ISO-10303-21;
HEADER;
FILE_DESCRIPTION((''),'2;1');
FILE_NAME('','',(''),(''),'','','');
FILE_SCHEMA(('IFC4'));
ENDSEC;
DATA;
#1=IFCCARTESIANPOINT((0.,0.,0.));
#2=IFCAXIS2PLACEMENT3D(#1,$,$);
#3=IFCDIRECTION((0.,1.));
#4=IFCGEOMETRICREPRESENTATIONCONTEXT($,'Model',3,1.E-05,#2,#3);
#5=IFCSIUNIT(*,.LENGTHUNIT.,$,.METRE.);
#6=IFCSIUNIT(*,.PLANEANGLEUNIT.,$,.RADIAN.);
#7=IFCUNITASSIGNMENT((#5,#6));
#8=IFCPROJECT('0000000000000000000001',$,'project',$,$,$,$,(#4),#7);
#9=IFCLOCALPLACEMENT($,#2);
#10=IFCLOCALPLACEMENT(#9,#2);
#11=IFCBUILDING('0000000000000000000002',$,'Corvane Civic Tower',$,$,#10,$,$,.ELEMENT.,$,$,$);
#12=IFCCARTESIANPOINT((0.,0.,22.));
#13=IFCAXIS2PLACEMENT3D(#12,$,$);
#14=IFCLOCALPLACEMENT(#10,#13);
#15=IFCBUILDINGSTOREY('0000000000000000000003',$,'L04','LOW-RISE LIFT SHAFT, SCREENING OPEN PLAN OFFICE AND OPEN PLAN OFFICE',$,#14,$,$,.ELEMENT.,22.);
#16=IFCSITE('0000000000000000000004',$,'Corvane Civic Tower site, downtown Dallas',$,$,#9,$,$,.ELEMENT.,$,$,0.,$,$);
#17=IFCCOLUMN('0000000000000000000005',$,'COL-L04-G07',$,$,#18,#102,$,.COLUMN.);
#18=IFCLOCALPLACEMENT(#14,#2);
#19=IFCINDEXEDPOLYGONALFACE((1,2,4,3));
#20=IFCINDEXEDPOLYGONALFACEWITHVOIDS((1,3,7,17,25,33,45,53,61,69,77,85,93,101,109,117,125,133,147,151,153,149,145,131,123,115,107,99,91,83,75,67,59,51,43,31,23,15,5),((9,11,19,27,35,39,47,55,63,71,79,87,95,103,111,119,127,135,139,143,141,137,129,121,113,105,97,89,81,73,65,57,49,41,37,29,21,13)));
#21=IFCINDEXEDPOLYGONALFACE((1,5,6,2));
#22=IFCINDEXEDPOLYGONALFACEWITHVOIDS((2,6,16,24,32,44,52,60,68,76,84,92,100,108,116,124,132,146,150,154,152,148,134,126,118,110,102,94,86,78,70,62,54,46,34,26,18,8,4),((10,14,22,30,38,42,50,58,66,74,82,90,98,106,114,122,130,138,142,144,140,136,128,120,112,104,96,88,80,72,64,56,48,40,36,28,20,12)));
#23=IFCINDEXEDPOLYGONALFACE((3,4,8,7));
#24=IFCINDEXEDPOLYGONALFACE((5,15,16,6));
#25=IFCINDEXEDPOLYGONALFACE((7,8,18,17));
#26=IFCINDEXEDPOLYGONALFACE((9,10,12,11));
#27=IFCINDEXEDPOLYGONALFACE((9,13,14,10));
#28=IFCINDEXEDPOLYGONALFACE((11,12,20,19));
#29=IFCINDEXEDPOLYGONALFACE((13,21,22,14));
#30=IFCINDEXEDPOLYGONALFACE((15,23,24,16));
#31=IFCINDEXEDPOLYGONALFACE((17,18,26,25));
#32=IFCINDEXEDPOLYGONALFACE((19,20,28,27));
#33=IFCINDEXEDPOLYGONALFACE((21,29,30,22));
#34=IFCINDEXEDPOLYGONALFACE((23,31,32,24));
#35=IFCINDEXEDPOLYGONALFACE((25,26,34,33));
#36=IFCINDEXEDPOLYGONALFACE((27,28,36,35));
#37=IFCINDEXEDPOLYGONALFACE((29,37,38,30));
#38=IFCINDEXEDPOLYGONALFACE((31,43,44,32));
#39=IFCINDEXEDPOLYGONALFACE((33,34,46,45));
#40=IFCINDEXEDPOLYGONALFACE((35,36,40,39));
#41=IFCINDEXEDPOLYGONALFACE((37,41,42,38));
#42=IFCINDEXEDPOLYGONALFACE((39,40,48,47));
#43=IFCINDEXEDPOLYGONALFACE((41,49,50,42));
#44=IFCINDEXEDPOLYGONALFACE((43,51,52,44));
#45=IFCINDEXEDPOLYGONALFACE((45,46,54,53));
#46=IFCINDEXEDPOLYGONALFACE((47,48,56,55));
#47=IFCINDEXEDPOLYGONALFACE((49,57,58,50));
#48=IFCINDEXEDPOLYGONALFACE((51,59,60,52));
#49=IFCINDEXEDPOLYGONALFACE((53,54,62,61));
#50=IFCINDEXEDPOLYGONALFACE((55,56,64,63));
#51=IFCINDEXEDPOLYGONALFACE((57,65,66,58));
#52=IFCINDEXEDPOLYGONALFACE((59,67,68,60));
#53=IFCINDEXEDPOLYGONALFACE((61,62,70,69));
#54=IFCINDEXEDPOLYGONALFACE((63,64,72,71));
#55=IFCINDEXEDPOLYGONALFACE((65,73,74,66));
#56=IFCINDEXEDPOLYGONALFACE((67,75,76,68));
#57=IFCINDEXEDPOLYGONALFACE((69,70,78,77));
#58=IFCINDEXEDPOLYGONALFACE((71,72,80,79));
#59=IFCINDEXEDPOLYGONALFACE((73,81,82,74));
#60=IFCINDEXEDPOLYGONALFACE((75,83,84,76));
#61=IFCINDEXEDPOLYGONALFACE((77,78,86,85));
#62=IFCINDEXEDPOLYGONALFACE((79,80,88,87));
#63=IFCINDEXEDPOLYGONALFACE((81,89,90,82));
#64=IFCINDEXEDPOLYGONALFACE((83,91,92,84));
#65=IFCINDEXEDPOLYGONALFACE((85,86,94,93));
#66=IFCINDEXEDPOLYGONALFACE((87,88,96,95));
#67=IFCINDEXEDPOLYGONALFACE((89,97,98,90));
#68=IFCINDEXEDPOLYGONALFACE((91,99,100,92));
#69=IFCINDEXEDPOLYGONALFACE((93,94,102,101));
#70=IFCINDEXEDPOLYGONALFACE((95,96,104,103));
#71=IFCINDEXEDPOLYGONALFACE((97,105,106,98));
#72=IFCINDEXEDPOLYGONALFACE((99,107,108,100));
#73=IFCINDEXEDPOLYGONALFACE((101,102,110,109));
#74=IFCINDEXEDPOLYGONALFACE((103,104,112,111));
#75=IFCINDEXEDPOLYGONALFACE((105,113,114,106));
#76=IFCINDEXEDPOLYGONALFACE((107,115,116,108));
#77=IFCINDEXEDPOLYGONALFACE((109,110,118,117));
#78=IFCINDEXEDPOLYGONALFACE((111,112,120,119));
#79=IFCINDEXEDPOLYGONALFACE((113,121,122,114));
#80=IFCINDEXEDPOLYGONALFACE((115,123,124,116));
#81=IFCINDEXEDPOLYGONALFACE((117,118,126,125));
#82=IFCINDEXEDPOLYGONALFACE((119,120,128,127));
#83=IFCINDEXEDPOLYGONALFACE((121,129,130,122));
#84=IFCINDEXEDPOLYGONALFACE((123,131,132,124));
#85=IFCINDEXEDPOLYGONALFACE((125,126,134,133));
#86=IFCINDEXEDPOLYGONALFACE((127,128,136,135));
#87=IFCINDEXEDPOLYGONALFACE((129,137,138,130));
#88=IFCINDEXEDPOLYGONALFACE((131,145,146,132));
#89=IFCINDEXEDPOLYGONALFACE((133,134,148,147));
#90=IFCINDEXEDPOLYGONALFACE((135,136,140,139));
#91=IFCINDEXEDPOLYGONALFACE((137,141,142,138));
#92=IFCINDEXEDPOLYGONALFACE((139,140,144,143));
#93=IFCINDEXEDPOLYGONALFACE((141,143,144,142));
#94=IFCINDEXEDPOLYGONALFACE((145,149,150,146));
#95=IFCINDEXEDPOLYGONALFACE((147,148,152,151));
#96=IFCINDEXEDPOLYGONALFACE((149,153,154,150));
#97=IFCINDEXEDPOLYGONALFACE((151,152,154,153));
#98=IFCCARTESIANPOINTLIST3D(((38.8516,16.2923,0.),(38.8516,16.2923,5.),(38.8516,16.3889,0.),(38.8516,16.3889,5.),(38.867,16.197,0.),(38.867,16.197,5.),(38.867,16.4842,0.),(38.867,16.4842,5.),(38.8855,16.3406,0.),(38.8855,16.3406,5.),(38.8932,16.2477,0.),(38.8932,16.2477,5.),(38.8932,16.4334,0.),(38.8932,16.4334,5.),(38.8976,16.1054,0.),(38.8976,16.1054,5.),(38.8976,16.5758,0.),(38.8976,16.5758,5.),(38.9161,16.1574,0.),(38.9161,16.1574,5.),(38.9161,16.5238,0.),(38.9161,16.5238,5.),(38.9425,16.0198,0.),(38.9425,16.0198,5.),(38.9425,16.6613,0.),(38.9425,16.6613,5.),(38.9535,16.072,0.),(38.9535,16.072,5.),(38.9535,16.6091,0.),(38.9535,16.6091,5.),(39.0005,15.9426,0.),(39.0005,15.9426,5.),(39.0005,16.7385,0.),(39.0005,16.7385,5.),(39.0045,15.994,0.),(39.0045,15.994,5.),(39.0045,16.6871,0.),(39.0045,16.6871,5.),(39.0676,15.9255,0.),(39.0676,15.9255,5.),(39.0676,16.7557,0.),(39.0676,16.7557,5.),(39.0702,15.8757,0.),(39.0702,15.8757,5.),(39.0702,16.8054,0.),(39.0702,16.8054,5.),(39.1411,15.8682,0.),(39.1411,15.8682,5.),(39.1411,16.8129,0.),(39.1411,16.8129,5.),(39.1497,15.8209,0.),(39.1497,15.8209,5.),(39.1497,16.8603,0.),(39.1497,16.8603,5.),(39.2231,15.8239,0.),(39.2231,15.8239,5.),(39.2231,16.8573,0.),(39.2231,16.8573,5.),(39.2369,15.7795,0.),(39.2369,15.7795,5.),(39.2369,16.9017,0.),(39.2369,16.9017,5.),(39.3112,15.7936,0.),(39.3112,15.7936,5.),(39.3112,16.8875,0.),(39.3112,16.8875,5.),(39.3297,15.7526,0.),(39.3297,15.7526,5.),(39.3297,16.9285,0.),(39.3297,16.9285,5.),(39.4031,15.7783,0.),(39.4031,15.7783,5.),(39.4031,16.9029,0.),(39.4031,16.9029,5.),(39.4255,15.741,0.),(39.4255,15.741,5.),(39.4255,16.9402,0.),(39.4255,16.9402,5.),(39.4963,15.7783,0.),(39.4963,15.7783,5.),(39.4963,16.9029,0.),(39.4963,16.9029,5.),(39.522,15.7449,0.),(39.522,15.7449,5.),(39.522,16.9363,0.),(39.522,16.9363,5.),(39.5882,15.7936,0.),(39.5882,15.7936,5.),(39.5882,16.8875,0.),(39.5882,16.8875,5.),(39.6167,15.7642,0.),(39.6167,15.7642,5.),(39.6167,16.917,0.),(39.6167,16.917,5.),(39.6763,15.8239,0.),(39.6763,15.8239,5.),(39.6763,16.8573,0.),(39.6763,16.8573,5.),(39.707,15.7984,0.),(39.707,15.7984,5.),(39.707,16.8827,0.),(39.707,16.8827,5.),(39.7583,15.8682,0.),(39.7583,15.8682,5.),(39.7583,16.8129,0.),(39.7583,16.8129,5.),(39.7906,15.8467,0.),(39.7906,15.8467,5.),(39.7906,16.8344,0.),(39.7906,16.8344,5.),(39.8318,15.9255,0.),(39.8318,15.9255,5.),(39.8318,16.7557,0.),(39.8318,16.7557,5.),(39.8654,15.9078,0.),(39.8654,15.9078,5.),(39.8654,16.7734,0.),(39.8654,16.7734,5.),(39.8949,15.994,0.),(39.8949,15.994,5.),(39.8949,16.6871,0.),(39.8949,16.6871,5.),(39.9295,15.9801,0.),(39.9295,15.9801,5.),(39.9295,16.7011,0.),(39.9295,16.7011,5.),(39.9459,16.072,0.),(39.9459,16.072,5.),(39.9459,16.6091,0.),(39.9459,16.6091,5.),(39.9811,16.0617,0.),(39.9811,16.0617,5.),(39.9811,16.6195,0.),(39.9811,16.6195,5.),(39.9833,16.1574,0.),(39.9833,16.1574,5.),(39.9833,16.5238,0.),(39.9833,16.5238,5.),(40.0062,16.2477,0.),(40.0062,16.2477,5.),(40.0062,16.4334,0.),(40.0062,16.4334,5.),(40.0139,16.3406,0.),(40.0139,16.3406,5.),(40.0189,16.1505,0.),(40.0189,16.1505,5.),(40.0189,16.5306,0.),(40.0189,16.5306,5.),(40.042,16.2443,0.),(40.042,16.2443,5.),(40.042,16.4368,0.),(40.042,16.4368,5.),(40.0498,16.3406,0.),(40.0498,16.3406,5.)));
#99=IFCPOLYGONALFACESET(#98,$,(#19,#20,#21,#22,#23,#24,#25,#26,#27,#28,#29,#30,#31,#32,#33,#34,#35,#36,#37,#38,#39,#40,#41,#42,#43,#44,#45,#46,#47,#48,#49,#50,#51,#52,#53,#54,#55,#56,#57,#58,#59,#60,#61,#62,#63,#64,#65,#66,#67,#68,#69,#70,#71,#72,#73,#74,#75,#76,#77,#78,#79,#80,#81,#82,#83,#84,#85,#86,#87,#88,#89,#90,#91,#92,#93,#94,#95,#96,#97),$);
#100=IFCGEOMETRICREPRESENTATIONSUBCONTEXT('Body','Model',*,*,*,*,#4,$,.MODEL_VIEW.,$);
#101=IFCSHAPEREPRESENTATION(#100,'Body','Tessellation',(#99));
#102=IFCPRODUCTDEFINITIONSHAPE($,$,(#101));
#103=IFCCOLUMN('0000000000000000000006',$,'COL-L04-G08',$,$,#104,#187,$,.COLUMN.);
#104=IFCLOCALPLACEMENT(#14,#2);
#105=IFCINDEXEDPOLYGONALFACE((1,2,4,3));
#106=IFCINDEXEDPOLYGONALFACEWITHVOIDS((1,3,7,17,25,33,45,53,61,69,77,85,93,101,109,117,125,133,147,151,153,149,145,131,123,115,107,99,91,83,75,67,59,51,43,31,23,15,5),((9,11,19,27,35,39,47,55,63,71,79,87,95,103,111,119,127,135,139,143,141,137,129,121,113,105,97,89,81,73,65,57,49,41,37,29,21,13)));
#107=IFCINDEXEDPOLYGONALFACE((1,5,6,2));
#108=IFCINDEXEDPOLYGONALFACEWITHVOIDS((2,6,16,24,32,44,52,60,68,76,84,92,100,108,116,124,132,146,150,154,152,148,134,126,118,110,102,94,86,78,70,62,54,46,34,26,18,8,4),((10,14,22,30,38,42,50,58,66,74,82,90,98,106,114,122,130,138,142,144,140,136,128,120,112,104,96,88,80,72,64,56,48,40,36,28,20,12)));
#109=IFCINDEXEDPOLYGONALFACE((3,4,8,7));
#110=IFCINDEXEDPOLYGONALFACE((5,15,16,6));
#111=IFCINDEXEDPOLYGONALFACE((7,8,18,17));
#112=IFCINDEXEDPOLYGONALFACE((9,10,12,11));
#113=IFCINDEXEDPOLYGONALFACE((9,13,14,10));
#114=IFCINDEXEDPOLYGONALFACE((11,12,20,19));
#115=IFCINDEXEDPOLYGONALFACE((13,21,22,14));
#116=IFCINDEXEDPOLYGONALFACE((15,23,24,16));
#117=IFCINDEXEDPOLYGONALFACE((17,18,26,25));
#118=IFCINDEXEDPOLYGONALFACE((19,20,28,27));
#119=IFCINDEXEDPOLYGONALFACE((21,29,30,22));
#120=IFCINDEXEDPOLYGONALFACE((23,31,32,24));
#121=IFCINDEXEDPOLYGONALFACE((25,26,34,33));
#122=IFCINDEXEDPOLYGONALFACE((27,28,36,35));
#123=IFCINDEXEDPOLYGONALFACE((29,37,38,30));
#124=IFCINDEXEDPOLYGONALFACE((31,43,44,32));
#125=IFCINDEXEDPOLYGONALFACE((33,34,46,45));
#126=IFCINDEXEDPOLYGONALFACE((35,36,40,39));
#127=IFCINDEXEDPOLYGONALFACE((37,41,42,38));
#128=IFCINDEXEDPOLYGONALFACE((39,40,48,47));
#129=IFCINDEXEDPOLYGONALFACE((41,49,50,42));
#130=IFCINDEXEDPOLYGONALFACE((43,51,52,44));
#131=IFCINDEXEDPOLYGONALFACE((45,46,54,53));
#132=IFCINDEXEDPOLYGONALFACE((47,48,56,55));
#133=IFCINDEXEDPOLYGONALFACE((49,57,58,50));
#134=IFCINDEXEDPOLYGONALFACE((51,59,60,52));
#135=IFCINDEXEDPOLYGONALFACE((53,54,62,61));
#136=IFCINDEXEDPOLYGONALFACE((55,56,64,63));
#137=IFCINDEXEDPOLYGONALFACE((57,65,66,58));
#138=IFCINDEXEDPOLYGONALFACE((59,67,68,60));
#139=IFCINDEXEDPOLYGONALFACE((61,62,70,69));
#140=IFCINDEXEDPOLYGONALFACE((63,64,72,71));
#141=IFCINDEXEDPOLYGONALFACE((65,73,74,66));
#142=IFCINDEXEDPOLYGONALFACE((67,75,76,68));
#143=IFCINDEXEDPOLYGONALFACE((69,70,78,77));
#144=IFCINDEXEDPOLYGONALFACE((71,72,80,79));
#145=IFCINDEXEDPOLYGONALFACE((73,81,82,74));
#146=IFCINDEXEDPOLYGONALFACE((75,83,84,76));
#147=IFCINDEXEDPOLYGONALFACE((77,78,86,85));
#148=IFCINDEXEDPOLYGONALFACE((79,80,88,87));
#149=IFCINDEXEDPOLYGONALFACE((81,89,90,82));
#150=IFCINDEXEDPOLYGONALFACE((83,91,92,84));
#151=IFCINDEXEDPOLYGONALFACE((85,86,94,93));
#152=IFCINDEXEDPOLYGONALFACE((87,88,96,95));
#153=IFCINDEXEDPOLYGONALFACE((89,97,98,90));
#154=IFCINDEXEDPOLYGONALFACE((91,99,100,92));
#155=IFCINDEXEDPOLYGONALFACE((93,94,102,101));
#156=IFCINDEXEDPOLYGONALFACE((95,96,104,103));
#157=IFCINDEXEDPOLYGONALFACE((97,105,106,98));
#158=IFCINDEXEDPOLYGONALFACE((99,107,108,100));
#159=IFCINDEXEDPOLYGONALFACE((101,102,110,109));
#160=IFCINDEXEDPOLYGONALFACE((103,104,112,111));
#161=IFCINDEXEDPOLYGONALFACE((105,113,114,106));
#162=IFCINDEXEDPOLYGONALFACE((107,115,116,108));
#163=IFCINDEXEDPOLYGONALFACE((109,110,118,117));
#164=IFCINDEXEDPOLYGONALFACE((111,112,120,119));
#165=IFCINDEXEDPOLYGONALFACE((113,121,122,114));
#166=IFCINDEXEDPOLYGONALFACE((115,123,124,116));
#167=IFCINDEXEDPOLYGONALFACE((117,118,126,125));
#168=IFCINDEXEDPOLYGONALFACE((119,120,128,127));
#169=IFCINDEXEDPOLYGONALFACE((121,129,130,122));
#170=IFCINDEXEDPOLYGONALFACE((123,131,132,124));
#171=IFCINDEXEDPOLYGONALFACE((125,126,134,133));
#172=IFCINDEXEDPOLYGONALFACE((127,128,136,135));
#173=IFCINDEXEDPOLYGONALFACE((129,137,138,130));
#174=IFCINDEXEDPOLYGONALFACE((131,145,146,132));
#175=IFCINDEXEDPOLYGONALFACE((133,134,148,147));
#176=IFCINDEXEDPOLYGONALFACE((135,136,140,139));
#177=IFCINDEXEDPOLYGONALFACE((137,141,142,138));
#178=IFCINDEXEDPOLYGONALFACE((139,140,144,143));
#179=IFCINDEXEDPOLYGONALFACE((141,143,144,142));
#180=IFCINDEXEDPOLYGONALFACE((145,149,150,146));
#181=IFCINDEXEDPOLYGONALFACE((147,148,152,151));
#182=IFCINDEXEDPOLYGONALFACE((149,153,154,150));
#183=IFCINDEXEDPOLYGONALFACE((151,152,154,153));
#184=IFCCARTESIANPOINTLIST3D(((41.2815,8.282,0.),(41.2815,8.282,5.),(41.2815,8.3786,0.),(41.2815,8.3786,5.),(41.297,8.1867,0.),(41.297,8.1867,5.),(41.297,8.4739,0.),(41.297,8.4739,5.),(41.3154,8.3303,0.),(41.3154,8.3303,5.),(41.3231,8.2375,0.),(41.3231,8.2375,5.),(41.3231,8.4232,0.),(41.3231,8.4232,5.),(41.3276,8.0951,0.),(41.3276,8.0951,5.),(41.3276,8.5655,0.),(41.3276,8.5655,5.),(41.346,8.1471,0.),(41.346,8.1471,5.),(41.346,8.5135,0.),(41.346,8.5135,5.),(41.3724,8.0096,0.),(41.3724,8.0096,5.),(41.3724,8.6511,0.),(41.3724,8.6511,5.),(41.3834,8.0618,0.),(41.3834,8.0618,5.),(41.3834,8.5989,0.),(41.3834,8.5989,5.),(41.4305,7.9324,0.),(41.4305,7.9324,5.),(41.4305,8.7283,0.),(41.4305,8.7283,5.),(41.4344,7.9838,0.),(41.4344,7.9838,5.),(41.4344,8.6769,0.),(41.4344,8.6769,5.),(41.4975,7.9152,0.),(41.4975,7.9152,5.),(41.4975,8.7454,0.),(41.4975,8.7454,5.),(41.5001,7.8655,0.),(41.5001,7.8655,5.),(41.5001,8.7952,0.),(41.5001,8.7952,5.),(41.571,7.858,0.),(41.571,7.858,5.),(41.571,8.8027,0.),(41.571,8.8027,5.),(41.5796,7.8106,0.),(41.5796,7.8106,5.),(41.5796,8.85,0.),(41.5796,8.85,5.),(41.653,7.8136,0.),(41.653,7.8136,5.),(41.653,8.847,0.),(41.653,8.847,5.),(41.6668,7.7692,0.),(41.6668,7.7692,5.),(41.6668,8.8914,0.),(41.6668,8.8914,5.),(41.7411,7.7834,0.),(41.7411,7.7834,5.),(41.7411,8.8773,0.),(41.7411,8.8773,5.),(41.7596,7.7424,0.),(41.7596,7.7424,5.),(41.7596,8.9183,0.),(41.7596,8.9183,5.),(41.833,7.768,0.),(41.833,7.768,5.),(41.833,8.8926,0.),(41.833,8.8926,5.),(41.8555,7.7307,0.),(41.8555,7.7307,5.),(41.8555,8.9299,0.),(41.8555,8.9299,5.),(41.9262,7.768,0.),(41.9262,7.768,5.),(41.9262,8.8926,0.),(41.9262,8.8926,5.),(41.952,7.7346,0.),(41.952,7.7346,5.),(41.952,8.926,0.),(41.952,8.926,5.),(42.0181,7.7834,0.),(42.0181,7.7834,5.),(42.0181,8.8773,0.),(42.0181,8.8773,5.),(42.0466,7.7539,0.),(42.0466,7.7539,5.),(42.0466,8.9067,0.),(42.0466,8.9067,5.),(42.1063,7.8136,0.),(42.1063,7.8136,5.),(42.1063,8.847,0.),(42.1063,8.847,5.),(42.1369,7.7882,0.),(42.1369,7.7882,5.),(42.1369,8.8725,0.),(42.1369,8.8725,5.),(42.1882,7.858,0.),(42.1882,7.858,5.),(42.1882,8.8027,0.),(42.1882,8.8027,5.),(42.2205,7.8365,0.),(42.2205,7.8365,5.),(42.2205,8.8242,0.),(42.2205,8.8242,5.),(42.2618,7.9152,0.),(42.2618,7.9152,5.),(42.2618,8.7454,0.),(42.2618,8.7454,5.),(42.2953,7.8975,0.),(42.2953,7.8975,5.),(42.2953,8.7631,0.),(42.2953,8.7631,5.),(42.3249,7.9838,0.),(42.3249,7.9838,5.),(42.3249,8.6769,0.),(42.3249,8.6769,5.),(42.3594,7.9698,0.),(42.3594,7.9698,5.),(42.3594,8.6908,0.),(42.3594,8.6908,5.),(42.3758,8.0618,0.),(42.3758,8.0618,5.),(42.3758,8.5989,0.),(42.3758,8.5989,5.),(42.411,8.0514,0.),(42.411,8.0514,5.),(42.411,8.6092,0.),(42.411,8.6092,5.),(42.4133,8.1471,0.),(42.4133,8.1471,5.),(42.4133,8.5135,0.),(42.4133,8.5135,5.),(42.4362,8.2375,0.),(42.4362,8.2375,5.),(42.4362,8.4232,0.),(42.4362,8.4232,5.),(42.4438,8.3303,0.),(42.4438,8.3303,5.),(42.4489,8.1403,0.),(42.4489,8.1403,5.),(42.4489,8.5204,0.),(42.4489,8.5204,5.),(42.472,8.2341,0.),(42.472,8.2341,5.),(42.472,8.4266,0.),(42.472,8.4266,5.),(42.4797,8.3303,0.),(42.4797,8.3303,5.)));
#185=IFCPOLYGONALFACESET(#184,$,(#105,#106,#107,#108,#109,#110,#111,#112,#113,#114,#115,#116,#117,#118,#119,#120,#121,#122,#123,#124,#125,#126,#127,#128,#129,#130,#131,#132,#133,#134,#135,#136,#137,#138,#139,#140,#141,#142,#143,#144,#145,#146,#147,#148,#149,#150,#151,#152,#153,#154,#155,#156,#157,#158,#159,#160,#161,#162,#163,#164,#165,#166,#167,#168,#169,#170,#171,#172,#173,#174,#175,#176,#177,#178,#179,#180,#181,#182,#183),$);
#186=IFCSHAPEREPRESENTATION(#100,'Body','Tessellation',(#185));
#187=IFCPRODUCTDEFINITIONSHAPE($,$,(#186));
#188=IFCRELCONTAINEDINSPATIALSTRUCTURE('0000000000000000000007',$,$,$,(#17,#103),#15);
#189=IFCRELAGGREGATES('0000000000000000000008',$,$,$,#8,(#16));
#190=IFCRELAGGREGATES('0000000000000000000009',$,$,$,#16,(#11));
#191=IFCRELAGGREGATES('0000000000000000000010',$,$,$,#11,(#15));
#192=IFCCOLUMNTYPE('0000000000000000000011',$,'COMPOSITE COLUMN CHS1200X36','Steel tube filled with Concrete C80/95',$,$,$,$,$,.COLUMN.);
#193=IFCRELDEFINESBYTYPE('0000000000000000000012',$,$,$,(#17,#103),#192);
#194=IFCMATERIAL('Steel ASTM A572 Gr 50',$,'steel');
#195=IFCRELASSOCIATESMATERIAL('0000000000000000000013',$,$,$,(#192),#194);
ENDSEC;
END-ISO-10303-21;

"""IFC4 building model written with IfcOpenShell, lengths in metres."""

from ifc_helpers import new_model, si_unit, direction, frame, origin, origin_2d, place, context, subcontext, project, spatial, hollow_circle, extrude, material, material_profile, profile_set, type_object, element, save


model = new_model("IFC4")

# Units and contexts
model_context = context("Model", 3, precision=1e-05, world=origin(), true_north=direction((0.0, 1.0)))
body_context = subcontext(model_context, "Body", "Model", "MODEL_VIEW")
ifc_project = project(units=[si_unit("LENGTHUNIT", "METRE"), si_unit("PLANEANGLEUNIT", "RADIAN")], contexts=[model_context])

# Site, building, storey
site_placement = place(None, origin())
site = spatial("IfcSite", under=ifc_project, at=site_placement, Name="Corvane Civic Tower site, downtown Dallas", CompositionType="ELEMENT", RefElevation=0.0)
building_placement = place(site_placement, origin())
building = spatial("IfcBuilding", under=site, at=building_placement, Name="Corvane Civic Tower", CompositionType="ELEMENT")
storey_placement = place(building_placement, frame((0.0, 0.0, 22.0)))
storey = spatial("IfcBuildingStorey", under=building, at=storey_placement, Name="L04", Description="LOW-RISE LIFT SHAFT, SCREENING OPEN PLAN OFFICE AND OPEN PLAN OFFICE", CompositionType="ELEMENT", Elevation=22.0)

# Columns
ifc_material_1 = material(Name="Steel ASTM A572 Gr 50", Category="steel")
ifc_material_profile_1 = material_profile(ifc_material_1, hollow_circle(Radius=0.6001, WallThickness=0.0359, at=origin_2d()), Name="CHS1200X36")
ifc_profile_set_1 = profile_set([ifc_material_profile_1], Name="Steel ASTM A572 Gr 50")
column_type_1 = type_object("IfcColumnType", Name="COMPOSITE COLUMN CHS1200X36", Description="Steel tube filled with Concrete C80/95", PredefinedType="COLUMN", material=ifc_profile_set_1)
for number, where, z_axis, x_axis, name in (
    (1, (39.4497, 16.3406, 0.0), (0.0, 0.0, 1.0), (1.0, 0.0, 0.0), "COL-L04-G07"),
    (2, (41.8796, 8.3303, 0.0), (0.0, 0.0, 1.0), (1.0, 0.0, 0.0), "COL-L04-G08"),
):
    element("IfcColumn", number, at=place(storey_placement, frame(where, z_axis=z_axis, x_axis=x_axis)), inside=storey, type_object=column_type_1, Name=name, PredefinedType="COLUMN", context=body_context, shape_type="SweptSolid", body=[
        extrude(hollow_circle(Radius=0.6001, WallThickness=0.0359, at=origin_2d()), origin(), (0.0, 0.0, 1.0), 5.0),
    ])

save(model, "model.ifc")
